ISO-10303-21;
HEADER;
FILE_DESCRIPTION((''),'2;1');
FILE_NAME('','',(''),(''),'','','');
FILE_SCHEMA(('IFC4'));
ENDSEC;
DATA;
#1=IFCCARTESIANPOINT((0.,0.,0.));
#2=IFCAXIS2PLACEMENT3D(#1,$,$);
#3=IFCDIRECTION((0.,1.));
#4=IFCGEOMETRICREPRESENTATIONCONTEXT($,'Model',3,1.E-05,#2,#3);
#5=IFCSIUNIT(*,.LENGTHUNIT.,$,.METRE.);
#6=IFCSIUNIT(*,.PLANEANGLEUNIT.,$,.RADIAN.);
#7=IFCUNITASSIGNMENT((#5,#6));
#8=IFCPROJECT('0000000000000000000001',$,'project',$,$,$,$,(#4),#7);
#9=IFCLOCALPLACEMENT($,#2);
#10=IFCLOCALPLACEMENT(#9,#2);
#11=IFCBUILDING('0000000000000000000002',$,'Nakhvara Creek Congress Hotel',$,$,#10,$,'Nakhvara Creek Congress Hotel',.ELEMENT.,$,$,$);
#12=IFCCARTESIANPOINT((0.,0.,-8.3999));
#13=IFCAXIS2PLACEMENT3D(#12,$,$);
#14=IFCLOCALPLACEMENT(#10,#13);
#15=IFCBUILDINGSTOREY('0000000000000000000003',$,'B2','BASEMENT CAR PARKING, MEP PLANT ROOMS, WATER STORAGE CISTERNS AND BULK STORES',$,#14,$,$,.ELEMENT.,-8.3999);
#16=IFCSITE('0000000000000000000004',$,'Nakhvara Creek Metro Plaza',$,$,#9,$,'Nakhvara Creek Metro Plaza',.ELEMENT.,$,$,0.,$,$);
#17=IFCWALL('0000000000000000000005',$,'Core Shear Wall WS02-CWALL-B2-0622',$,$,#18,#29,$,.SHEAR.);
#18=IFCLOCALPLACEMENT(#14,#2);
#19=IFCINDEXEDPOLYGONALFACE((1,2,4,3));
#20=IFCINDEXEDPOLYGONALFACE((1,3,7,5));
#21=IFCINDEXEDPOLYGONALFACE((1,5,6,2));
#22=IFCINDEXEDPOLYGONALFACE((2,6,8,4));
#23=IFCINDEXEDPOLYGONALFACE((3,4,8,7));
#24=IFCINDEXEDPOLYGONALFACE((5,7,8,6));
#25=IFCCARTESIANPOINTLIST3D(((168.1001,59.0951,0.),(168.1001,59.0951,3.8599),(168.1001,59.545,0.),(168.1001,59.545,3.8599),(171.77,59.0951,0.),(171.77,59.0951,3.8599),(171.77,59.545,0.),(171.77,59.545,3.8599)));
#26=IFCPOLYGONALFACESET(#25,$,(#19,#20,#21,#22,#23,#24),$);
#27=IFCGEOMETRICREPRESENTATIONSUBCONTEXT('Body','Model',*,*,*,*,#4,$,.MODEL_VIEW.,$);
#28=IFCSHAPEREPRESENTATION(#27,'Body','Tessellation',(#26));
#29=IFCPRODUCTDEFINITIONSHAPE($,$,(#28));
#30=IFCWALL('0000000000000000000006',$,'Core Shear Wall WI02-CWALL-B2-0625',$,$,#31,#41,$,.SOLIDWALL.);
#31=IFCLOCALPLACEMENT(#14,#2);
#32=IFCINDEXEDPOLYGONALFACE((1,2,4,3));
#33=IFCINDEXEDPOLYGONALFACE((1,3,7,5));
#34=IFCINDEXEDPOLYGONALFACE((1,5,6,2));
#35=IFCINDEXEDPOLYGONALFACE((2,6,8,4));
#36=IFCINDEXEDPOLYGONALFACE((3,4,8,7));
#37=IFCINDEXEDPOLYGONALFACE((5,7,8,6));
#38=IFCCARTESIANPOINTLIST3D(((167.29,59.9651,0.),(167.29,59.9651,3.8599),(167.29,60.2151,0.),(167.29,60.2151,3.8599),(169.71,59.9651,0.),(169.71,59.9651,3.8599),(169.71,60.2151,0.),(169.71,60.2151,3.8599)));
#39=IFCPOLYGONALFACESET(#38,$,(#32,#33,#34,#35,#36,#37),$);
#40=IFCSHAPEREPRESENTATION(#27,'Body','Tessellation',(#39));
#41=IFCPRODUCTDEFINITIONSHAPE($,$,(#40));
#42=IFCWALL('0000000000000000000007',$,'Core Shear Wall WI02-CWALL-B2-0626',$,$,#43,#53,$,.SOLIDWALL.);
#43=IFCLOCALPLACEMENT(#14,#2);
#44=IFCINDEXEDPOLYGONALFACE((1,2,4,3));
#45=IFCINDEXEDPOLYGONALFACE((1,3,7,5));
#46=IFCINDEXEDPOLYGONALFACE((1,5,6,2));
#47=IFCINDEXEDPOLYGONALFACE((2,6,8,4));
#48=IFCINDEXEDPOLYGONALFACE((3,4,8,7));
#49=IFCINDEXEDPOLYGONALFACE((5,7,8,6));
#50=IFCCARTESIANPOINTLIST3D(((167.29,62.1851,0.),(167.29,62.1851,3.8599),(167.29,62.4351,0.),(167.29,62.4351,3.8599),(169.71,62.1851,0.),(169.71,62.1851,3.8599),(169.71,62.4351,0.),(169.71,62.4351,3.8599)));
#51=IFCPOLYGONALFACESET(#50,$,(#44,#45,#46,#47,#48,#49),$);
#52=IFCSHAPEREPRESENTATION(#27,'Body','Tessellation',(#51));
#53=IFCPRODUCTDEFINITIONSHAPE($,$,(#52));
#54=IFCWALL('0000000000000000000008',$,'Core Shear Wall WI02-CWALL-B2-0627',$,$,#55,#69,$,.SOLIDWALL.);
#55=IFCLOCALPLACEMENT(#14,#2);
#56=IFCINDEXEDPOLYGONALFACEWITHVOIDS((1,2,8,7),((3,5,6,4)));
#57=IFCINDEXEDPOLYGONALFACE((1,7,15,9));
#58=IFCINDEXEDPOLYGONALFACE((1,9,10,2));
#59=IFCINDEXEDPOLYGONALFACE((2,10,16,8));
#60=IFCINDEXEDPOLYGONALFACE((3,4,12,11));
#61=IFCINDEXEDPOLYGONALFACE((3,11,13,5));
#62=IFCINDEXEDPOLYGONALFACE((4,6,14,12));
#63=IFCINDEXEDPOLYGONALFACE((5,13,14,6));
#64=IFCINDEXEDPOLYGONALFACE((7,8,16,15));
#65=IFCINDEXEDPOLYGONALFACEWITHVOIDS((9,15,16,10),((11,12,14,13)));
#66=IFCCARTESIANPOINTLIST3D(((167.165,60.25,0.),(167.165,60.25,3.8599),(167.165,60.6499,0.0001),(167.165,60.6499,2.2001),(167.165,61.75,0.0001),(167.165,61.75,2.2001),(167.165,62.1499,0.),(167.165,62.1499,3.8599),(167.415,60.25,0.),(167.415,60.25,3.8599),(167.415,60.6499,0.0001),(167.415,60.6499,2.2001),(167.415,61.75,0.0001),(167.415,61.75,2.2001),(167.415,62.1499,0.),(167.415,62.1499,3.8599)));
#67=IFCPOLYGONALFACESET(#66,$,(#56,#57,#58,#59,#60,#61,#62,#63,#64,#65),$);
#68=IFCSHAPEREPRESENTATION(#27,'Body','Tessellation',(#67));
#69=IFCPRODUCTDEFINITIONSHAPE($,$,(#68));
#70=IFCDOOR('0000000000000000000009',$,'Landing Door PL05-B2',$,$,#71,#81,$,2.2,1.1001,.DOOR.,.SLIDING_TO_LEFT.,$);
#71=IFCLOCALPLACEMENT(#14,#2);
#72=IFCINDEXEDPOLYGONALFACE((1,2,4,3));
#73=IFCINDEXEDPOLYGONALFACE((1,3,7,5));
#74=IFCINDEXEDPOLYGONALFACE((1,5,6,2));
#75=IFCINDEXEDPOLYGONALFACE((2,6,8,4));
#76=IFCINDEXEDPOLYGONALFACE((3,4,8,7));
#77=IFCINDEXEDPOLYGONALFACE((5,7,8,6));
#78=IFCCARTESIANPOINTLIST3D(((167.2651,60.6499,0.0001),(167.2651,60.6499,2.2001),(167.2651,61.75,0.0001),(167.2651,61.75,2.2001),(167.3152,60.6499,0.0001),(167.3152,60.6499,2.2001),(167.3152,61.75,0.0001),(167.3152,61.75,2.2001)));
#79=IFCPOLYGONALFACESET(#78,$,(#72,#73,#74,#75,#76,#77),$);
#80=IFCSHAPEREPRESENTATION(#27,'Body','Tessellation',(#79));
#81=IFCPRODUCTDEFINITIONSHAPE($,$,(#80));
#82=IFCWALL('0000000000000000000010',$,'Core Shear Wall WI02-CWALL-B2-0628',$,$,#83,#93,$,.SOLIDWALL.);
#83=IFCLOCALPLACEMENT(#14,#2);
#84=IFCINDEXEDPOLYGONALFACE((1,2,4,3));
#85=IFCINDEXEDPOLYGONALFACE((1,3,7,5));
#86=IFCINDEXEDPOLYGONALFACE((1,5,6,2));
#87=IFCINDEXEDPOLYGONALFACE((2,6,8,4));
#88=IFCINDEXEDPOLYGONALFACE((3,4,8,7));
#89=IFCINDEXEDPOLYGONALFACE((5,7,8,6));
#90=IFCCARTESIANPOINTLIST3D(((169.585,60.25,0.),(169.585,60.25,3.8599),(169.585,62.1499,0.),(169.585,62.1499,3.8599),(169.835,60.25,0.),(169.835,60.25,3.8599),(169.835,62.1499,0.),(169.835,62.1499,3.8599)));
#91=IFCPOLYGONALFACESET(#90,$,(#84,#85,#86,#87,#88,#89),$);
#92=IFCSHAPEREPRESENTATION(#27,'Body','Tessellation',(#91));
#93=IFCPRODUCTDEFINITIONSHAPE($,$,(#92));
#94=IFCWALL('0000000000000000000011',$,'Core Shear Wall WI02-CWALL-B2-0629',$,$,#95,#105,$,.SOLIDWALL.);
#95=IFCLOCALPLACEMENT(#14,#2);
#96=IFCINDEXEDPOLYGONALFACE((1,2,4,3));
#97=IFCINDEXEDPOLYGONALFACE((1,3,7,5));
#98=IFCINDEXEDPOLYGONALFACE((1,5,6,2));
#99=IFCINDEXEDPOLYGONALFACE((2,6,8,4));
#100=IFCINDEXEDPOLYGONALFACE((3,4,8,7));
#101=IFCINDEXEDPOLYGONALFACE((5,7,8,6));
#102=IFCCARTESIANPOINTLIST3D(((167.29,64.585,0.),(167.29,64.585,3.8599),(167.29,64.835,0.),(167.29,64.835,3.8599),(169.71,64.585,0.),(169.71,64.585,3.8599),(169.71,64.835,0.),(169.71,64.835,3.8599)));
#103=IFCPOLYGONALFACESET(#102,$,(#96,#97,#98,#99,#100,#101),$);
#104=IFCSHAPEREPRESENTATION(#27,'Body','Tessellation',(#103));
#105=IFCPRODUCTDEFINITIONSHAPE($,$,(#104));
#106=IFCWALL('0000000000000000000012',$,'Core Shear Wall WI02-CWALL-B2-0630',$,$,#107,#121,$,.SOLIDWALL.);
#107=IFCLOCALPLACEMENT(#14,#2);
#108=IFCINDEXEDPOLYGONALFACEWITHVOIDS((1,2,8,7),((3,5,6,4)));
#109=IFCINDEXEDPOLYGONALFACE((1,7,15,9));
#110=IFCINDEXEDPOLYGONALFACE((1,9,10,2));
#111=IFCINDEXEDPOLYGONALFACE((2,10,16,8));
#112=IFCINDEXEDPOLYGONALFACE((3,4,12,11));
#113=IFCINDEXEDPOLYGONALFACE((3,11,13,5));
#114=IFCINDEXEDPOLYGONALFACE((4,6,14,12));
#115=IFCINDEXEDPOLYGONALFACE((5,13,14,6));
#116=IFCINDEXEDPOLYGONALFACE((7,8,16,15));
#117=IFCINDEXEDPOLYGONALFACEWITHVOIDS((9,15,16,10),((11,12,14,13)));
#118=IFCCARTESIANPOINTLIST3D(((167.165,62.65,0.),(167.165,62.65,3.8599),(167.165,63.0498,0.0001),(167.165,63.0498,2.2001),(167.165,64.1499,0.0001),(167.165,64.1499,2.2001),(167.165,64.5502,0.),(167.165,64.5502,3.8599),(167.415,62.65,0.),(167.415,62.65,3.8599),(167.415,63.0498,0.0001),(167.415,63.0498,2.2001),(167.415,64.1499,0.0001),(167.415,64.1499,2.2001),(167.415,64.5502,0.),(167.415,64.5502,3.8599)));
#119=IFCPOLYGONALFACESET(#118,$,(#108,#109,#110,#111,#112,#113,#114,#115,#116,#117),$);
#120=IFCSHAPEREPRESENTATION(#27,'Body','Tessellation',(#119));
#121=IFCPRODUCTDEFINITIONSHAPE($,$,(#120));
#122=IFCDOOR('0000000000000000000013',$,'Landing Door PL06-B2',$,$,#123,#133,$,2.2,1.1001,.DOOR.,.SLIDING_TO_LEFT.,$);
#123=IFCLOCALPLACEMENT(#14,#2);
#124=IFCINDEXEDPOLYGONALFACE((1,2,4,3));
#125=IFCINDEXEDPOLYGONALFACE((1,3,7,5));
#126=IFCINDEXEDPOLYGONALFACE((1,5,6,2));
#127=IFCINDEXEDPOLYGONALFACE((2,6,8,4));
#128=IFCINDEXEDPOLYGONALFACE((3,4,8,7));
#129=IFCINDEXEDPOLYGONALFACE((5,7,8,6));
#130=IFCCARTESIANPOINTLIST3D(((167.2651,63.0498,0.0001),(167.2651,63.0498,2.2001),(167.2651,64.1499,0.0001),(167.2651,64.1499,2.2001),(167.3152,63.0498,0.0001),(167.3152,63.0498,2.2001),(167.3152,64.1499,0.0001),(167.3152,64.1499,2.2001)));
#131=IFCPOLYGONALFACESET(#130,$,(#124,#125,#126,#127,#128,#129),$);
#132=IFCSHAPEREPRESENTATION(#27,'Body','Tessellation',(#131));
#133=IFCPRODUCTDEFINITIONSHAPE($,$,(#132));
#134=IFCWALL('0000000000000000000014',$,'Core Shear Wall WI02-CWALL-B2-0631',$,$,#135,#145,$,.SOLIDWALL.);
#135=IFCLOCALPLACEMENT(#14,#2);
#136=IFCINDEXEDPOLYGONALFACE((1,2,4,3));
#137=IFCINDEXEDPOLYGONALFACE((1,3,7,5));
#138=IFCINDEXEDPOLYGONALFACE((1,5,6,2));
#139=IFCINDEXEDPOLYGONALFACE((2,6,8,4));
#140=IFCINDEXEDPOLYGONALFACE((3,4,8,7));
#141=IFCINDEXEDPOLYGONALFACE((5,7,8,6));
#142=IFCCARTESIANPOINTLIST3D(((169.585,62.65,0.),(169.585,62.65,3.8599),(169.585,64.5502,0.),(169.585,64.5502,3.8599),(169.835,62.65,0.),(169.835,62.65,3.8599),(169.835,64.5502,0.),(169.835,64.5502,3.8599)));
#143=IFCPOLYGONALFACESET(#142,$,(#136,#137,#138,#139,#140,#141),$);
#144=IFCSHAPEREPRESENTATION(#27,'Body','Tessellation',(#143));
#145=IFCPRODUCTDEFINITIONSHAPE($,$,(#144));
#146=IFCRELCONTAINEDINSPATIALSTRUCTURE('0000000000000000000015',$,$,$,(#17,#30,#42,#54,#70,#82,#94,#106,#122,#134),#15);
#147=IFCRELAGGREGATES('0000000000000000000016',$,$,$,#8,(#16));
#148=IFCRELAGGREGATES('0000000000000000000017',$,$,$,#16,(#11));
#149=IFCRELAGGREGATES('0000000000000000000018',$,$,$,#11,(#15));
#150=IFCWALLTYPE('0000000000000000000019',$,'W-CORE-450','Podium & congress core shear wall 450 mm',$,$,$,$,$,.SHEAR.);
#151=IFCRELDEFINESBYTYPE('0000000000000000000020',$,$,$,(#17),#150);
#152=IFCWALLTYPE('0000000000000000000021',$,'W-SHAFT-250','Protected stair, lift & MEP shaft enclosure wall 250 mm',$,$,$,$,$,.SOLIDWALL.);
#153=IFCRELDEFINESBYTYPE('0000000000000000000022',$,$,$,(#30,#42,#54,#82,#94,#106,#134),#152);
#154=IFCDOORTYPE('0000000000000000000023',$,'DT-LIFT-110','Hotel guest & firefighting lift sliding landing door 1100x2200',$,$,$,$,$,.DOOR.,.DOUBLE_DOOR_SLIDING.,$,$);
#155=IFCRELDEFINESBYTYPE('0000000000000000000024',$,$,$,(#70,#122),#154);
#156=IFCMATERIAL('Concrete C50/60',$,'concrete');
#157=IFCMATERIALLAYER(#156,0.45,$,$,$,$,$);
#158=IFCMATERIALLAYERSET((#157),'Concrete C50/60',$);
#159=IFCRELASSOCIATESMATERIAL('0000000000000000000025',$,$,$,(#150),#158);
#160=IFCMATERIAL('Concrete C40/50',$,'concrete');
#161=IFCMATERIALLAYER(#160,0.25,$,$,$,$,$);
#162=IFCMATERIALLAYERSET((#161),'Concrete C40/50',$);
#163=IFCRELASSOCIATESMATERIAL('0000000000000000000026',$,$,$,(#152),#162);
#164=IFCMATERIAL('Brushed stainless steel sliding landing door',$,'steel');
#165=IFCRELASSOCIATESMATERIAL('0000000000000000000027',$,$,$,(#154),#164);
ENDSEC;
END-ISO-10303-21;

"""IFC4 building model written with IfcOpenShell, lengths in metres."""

from ifc_helpers import new_model, si_unit, direction, frame, frame_2d, origin, place, context, subcontext, project, spatial, rectangle, extrude, material, layer, layer_set, type_object, element, fill, save


model = new_model("IFC4")

# Units and contexts
model_context = context("Model", 3, precision=1e-05, world=origin(), true_north=direction((0.0, 1.0)))
body_context = subcontext(model_context, "Body", "Model", "MODEL_VIEW")
ifc_project = project(units=[si_unit("LENGTHUNIT", "METRE"), si_unit("PLANEANGLEUNIT", "RADIAN")], contexts=[model_context])

# Site, building, storey
site_placement = place(None, origin())
site = spatial("IfcSite", under=ifc_project, at=site_placement, Name="Nakhvara Creek Metro Plaza", LongName="Nakhvara Creek Metro Plaza", CompositionType="ELEMENT", RefElevation=0.0)
building_placement = place(site_placement, origin())
building = spatial("IfcBuilding", under=site, at=building_placement, Name="Nakhvara Creek Congress Hotel", LongName="Nakhvara Creek Congress Hotel", CompositionType="ELEMENT")
storey_placement = place(building_placement, frame((0.0, 0.0, -8.3999)))
storey = spatial("IfcBuildingStorey", under=building, at=storey_placement, Name="B2", Description="BASEMENT CAR PARKING, MEP PLANT ROOMS, WATER STORAGE CISTERNS AND BULK STORES", CompositionType="ELEMENT", Elevation=-8.3999)

# Shared definitions
ifc_material_1 = material(Name="Concrete C40/50", Category="concrete")

# Shared definitions
ifc_material_2 = material(Name="Concrete C50/60", Category="concrete")

# Walls
ifc_layer_1 = layer(ifc_material_2, 0.45)
ifc_layer_set_1 = layer_set([ifc_layer_1], Name="Concrete C50/60")
wall_type_1 = type_object("IfcWallType", Name="W-CORE-450", Description="Podium & congress core shear wall 450 mm", PredefinedType="SHEAR", material=ifc_layer_set_1)
wall_1_placement = place(storey_placement, frame((168.1001, 59.3201, 0.0), z_axis=(0.0, 0.0, 1.0), x_axis=(1.0, 0.0, 0.0)))
element("IfcWall", 1, at=wall_1_placement, inside=storey, type_object=wall_type_1, Name="Core Shear Wall WS02-CWALL-B2-0622", PredefinedType="SHEAR", context=body_context, shape_type="SweptSolid", body=[
    extrude(rectangle(XDim=3.6699, YDim=0.45, at=frame_2d((1.835, 0.0))), origin(), (0.0, 0.0, 1.0), 3.8599),
])
ifc_layer_2 = layer(ifc_material_1, 0.25)
ifc_layer_set_2 = layer_set([ifc_layer_2], Name="Concrete C40/50")
wall_type_2 = type_object("IfcWallType", Name="W-SHAFT-250", Description="Protected stair, lift & MEP shaft enclosure wall 250 mm", PredefinedType="SOLIDWALL", material=ifc_layer_set_2)
for number, where, z_axis, x_axis, name in (
    (2, (167.29, 60.0901, 0.0), (0.0, 0.0, 1.0), (1.0, 0.0, 0.0), "Core Shear Wall WI02-CWALL-B2-0625"),
    (3, (167.29, 62.3101, 0.0), (0.0, 0.0, 1.0), (1.0, 0.0, 0.0), "Core Shear Wall WI02-CWALL-B2-0626"),
):
    element("IfcWall", number, at=place(storey_placement, frame(where, z_axis=z_axis, x_axis=x_axis)), inside=storey, type_object=wall_type_2, Name=name, PredefinedType="SOLIDWALL", context=body_context, shape_type="SweptSolid", body=[
        extrude(rectangle(XDim=2.4199, YDim=0.25, at=frame_2d((1.21, 0.0))), origin(), (0.0, 0.0, 1.0), 3.8599),
    ])

# Wall, opening, door
wall_2_placement = place(storey_placement, frame((167.29, 60.25, 0.0), z_axis=(0.0, 0.0, 1.0), x_axis=(0.0, 1.0, 0.0)))
wall_2 = element("IfcWall", 4, at=wall_2_placement, inside=storey, type_object=wall_type_2, Name="Core Shear Wall WI02-CWALL-B2-0627", PredefinedType="SOLIDWALL", context=body_context, shape_type="SweptSolid", body=[
    extrude(rectangle(XDim=1.8999, YDim=0.25, at=frame_2d((0.95, 0.0))), origin(), (0.0, 0.0, 1.0), 3.8599),
])
opening_1_placement = place(wall_2_placement, frame((0.3999, 0.0, 0.0)))
opening_1 = element("IfcOpeningElement", 5, at=opening_1_placement, cuts=wall_2, PredefinedType="OPENING", context=body_context, shape_type="SweptSolid", body=[
    extrude(rectangle(XDim=1.1001, YDim=2.2, at=frame_2d((0.55, 1.1001))), frame((0.0, 0.137, 0.0), z_axis=(0.0, -1.0, 0.0), x_axis=(1.0, 0.0, 0.0)), (0.0, 0.0, 1.0), 0.2739),
])
ifc_material_3 = material(Name="Brushed stainless steel sliding landing door", Category="steel")
door_type = type_object("IfcDoorType", Name="DT-LIFT-110", Description="Hotel guest & firefighting lift sliding landing door 1100x2200", OperationType="DOUBLE_DOOR_SLIDING", PredefinedType="DOOR", material=ifc_material_3)
door_1_placement = place(opening_1_placement, origin())
door_1 = element("IfcDoor", 6, at=door_1_placement, inside=storey, type_object=door_type, Name="Landing Door PL05-B2", OperationType="SLIDING_TO_LEFT", OverallHeight=2.2, OverallWidth=1.1001, PredefinedType="DOOR", context=body_context, shape_type="SweptSolid", body=[
    extrude(rectangle(XDim=1.1001, YDim=2.2, at=frame_2d((0.55, 1.1001))), frame((0.0, 0.0249, 0.0), z_axis=(0.0, -1.0, 0.0), x_axis=(1.0, 0.0, 0.0)), (0.0, 0.0, 1.0), 0.05),
])
fill(opening_1, door_1)

# Walls
wall_3_placement = place(storey_placement, frame((169.71, 60.25, 0.0), z_axis=(0.0, 0.0, 1.0), x_axis=(0.0, 1.0, 0.0)))
element("IfcWall", 7, at=wall_3_placement, inside=storey, type_object=wall_type_2, Name="Core Shear Wall WI02-CWALL-B2-0628", PredefinedType="SOLIDWALL", context=body_context, shape_type="SweptSolid", body=[
    extrude(rectangle(XDim=1.8999, YDim=0.25, at=frame_2d((0.95, 0.0))), origin(), (0.0, 0.0, 1.0), 3.8599),
])
wall_4_placement = place(storey_placement, frame((167.29, 64.71, 0.0), z_axis=(0.0, 0.0, 1.0), x_axis=(1.0, 0.0, 0.0)))
element("IfcWall", 8, at=wall_4_placement, inside=storey, type_object=wall_type_2, Name="Core Shear Wall WI02-CWALL-B2-0629", PredefinedType="SOLIDWALL", context=body_context, shape_type="SweptSolid", body=[
    extrude(rectangle(XDim=2.4199, YDim=0.25, at=frame_2d((1.21, 0.0))), origin(), (0.0, 0.0, 1.0), 3.8599),
])

# Wall, opening, door
wall_5_placement = place(storey_placement, frame((167.29, 62.6499, 0.0), z_axis=(0.0, 0.0, 1.0), x_axis=(0.0, 1.0, 0.0)))
wall_5 = element("IfcWall", 9, at=wall_5_placement, inside=storey, type_object=wall_type_2, Name="Core Shear Wall WI02-CWALL-B2-0630", PredefinedType="SOLIDWALL", context=body_context, shape_type="SweptSolid", body=[
    extrude(rectangle(XDim=1.9001, YDim=0.25, at=frame_2d((0.9502, 0.0))), origin(), (0.0, 0.0, 1.0), 3.8599),
])
opening_2_placement = place(wall_5_placement, frame((0.3999, 0.0, 0.0)))
opening_2 = element("IfcOpeningElement", 10, at=opening_2_placement, cuts=wall_5, PredefinedType="OPENING", context=body_context, shape_type="SweptSolid", body=[
    extrude(rectangle(XDim=1.1001, YDim=2.2, at=frame_2d((0.55, 1.1001))), frame((0.0, 0.137, 0.0), z_axis=(0.0, -1.0, 0.0), x_axis=(1.0, 0.0, 0.0)), (0.0, 0.0, 1.0), 0.2739),
])
door_2_placement = place(opening_2_placement, origin())
door_2 = element("IfcDoor", 11, at=door_2_placement, inside=storey, type_object=door_type, Name="Landing Door PL06-B2", OperationType="SLIDING_TO_LEFT", OverallHeight=2.2, OverallWidth=1.1001, PredefinedType="DOOR", context=body_context, shape_type="SweptSolid", body=[
    extrude(rectangle(XDim=1.1001, YDim=2.2, at=frame_2d((0.55, 1.1001))), frame((0.0, 0.0249, 0.0), z_axis=(0.0, -1.0, 0.0), x_axis=(1.0, 0.0, 0.0)), (0.0, 0.0, 1.0), 0.05),
])
fill(opening_2, door_2)

# Wall
wall_6_placement = place(storey_placement, frame((169.71, 62.6499, 0.0), z_axis=(0.0, 0.0, 1.0), x_axis=(0.0, 1.0, 0.0)))
element("IfcWall", 12, at=wall_6_placement, inside=storey, type_object=wall_type_2, Name="Core Shear Wall WI02-CWALL-B2-0631", PredefinedType="SOLIDWALL", context=body_context, shape_type="SweptSolid", body=[
    extrude(rectangle(XDim=1.9001, YDim=0.25, at=frame_2d((0.9502, 0.0))), origin(), (0.0, 0.0, 1.0), 3.8599),
])

save(model, "model.ifc")
